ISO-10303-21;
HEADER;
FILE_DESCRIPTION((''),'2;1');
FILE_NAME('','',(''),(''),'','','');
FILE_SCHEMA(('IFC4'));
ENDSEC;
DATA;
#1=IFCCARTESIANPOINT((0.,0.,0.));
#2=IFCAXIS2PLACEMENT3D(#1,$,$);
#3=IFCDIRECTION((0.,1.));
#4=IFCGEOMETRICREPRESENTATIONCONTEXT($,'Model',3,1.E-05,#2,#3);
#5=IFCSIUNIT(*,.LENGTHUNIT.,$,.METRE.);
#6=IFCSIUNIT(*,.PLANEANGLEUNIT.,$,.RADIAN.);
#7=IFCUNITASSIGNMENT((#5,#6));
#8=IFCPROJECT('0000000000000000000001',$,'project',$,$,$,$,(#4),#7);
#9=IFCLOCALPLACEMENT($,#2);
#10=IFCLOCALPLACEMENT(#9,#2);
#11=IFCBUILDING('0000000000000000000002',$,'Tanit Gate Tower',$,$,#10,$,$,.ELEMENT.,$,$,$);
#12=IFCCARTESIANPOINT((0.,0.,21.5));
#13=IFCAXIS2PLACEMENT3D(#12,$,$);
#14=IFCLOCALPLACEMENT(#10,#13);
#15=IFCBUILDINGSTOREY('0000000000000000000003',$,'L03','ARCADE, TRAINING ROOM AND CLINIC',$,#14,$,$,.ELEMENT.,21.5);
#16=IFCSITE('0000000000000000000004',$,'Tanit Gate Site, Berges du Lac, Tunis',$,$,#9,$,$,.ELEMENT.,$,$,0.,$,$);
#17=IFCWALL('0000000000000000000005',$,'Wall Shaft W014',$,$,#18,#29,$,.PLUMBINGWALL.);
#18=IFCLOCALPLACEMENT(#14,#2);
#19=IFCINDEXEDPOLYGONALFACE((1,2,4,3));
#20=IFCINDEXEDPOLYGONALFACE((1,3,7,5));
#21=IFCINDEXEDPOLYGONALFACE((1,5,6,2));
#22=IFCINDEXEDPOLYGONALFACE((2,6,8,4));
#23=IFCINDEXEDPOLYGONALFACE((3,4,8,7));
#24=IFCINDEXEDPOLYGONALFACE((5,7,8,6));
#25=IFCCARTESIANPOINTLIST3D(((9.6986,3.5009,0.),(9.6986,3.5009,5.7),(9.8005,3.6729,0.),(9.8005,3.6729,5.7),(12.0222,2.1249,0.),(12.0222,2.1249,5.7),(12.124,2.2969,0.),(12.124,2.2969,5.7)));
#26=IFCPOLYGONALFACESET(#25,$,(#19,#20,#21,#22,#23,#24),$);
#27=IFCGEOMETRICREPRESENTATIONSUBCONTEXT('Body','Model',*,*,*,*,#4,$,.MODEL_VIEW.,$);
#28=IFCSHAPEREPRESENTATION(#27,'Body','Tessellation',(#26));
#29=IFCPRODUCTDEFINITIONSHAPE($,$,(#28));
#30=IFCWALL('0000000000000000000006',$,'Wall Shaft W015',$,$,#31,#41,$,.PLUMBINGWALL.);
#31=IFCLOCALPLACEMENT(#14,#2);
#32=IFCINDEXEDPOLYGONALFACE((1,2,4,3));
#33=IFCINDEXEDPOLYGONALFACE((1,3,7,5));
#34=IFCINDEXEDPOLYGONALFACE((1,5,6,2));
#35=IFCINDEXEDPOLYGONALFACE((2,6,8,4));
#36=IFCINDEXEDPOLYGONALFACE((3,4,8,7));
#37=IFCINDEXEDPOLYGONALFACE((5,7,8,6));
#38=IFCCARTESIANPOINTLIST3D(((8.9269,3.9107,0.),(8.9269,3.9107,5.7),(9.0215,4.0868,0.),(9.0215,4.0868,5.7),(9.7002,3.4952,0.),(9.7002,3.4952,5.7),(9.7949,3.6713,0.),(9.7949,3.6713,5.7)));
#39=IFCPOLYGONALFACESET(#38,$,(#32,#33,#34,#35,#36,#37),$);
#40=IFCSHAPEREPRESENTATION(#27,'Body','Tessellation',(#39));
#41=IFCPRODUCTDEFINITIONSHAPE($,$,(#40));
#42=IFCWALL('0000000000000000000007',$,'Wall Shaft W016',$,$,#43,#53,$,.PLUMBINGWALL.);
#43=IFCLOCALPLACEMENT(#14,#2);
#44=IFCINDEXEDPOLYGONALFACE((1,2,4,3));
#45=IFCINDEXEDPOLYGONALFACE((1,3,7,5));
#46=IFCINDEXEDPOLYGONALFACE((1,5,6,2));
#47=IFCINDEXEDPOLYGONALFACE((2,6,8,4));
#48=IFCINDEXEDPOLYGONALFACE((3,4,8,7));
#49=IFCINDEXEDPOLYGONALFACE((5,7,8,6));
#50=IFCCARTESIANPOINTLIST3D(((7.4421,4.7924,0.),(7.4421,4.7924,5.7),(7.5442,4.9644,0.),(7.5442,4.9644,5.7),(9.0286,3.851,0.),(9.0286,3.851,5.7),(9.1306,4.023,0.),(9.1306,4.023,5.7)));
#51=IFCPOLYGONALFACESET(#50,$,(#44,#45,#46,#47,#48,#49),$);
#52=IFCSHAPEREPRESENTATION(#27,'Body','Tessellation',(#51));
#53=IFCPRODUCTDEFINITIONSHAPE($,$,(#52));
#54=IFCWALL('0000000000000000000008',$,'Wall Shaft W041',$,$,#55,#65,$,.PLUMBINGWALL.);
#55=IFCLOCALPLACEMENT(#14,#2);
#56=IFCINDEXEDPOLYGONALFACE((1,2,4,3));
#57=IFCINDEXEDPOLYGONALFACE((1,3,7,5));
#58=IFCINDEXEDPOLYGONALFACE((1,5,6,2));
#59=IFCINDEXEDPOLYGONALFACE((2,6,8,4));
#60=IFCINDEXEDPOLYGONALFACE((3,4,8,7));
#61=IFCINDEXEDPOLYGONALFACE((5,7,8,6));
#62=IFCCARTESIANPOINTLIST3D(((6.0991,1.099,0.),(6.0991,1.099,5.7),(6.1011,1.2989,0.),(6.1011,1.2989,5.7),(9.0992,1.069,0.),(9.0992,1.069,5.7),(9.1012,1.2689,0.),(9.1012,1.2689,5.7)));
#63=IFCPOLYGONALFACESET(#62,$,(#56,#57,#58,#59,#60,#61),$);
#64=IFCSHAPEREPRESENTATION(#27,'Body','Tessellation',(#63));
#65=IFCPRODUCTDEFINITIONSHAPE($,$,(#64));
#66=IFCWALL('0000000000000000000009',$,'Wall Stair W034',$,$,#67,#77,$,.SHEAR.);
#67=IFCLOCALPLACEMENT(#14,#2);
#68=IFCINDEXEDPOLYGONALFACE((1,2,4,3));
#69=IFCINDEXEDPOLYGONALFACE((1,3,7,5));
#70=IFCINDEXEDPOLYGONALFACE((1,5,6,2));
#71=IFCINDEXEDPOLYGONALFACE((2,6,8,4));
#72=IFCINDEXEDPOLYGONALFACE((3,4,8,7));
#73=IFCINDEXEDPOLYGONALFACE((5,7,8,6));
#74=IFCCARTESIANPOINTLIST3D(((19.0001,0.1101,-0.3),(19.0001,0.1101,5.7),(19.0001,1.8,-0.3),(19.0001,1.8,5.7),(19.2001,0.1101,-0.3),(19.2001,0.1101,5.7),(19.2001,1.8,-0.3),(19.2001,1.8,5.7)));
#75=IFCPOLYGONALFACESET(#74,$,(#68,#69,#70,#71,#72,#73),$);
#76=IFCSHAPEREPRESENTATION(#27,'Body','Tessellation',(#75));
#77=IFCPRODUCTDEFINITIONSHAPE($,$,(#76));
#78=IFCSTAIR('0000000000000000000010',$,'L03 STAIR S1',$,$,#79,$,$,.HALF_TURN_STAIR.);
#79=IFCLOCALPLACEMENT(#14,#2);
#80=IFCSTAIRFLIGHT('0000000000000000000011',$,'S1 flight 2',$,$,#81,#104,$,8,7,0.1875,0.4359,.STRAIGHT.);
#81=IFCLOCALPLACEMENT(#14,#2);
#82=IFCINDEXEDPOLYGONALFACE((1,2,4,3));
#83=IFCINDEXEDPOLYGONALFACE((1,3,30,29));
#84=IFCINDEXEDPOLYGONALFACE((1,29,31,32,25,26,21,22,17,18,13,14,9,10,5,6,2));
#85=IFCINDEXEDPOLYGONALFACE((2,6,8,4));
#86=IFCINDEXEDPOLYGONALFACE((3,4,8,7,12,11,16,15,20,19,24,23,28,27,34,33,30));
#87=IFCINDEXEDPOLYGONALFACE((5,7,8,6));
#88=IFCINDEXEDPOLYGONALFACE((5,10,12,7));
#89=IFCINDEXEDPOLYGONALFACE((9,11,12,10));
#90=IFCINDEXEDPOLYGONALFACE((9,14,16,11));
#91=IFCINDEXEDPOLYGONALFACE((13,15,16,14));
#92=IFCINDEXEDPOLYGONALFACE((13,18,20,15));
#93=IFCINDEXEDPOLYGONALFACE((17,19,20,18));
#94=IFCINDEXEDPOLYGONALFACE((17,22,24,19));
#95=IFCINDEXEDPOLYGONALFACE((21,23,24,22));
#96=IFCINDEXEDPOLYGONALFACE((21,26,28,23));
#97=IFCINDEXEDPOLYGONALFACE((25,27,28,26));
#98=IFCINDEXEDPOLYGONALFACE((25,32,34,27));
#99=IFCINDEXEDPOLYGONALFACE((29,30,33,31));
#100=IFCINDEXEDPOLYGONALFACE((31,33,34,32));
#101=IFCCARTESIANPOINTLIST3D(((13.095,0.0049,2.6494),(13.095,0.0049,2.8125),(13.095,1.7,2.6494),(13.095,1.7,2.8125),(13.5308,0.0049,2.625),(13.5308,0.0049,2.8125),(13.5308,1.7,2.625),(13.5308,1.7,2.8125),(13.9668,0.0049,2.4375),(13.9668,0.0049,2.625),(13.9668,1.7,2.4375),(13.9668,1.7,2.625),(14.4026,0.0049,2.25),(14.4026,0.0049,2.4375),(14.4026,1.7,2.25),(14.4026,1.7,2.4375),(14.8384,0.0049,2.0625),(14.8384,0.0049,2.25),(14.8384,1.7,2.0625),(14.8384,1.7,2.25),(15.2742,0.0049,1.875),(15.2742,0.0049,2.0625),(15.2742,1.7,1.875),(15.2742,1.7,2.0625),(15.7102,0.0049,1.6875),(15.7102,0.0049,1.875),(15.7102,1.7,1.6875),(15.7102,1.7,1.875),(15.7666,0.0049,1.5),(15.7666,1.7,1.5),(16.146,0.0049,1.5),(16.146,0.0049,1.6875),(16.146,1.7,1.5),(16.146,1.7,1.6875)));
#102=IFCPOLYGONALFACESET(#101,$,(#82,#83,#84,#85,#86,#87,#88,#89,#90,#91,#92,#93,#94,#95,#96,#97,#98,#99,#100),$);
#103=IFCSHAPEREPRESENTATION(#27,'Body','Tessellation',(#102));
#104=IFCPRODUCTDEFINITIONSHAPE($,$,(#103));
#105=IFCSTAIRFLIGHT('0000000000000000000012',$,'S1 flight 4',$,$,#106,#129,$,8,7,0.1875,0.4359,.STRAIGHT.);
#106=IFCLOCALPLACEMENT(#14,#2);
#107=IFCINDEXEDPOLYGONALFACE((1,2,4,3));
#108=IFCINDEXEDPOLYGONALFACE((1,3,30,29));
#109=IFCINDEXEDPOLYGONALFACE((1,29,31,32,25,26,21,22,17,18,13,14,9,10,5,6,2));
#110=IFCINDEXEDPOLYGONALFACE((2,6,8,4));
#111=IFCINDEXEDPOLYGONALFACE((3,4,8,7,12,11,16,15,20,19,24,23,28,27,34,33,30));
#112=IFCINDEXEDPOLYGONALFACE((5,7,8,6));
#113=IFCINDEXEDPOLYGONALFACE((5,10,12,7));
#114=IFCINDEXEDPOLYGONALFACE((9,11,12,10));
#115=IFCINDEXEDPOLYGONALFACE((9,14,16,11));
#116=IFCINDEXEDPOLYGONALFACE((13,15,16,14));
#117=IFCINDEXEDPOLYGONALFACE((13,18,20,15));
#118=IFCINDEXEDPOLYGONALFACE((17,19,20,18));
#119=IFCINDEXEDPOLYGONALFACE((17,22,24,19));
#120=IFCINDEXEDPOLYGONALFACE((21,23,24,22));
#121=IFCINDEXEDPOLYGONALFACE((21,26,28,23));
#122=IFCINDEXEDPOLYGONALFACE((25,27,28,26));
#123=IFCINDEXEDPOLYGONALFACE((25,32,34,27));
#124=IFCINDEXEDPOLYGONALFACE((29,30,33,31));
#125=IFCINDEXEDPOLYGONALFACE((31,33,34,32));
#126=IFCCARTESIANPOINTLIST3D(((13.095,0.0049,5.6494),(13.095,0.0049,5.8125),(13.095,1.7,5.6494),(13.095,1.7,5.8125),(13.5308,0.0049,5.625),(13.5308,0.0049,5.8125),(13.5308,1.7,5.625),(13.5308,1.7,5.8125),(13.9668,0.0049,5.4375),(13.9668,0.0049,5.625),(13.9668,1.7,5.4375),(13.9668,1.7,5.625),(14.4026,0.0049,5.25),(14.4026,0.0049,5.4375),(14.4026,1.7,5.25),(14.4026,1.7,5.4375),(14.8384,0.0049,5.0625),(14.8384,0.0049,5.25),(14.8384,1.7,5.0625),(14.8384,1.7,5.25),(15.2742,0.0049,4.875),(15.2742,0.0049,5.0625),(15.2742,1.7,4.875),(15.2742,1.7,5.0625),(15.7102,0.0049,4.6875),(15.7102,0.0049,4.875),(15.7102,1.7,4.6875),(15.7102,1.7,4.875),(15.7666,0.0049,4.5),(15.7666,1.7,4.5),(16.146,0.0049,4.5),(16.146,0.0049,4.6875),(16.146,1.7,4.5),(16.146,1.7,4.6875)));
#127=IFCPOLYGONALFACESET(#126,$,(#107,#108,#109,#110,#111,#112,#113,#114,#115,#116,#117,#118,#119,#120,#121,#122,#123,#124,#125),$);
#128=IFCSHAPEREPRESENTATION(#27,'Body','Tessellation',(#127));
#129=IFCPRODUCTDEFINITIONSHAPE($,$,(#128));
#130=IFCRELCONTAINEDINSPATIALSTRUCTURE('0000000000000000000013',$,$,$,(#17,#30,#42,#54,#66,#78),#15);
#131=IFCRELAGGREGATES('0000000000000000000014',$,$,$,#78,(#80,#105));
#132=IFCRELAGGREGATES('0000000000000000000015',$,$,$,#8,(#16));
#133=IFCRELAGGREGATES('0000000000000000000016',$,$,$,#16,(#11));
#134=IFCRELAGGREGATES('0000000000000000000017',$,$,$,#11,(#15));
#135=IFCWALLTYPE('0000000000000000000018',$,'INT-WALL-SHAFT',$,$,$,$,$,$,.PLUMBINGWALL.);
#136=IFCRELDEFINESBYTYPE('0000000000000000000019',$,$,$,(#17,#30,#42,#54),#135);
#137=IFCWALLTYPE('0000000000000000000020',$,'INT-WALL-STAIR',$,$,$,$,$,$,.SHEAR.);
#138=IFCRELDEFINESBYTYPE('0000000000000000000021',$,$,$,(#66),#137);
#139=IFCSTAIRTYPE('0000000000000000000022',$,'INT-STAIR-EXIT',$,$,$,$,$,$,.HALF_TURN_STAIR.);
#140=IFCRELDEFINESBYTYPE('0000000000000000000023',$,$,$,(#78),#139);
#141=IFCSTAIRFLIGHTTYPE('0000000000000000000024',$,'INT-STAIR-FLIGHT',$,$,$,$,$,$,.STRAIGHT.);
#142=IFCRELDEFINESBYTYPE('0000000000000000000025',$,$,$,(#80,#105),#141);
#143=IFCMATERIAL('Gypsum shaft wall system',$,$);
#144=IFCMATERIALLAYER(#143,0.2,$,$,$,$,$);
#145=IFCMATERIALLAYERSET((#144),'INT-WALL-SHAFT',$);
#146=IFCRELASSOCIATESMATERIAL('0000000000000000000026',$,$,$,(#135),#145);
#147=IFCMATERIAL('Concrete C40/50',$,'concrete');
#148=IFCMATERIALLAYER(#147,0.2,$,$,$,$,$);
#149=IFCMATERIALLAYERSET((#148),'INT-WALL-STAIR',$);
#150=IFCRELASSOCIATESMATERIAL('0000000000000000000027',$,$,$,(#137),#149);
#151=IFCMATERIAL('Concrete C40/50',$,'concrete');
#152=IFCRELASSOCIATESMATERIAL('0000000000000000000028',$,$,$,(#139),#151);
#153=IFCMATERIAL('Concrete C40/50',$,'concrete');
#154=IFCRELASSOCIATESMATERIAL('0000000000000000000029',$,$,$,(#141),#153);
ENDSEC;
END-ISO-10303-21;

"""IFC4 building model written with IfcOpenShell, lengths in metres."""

from ifc_helpers import new_model, si_unit, direction, frame, frame_2d, origin, place, context, subcontext, project, spatial, polyline, rectangle, outline, extrude, material, layer, layer_set, type_object, element, aggregate, save


model = new_model("IFC4")

# Units and contexts
model_context = context("Model", 3, precision=1e-05, world=origin(), true_north=direction((0.0, 1.0)))
body_context = subcontext(model_context, "Body", "Model", "MODEL_VIEW")
ifc_project = project(units=[si_unit("LENGTHUNIT", "METRE"), si_unit("PLANEANGLEUNIT", "RADIAN")], contexts=[model_context])

# Site, building, storey
site_placement = place(None, origin())
site = spatial("IfcSite", under=ifc_project, at=site_placement, Name="Tanit Gate Site, Berges du Lac, Tunis", CompositionType="ELEMENT", RefElevation=0.0)
building_placement = place(site_placement, origin())
building = spatial("IfcBuilding", under=site, at=building_placement, Name="Tanit Gate Tower", CompositionType="ELEMENT")
storey_placement = place(building_placement, frame((0.0, 0.0, 21.5)))
storey = spatial("IfcBuildingStorey", under=building, at=storey_placement, Name="L03", Description="ARCADE, TRAINING ROOM AND CLINIC", CompositionType="ELEMENT", Elevation=21.5)

# Walls
ifc_material_1 = material(Name="Gypsum shaft wall system")
ifc_layer_1 = layer(ifc_material_1, 0.2)
ifc_layer_set_1 = layer_set([ifc_layer_1], Name="INT-WALL-SHAFT")
wall_type_1 = type_object("IfcWallType", Name="INT-WALL-SHAFT", PredefinedType="PLUMBINGWALL", material=ifc_layer_set_1)
wall_1_placement = place(storey_placement, frame((12.073, 2.2109, 0.0), z_axis=(0.0, 0.0, 1.0), x_axis=(-0.860438, 0.509555, 0.0)))
element("IfcWall", 1, at=wall_1_placement, inside=storey, type_object=wall_type_1, Name="Wall Shaft W014", PredefinedType="PLUMBINGWALL", context=body_context, shape_type="SweptSolid", body=[
    extrude(rectangle(XDim=2.7004, YDim=0.2, at=frame_2d((1.3501, 0.0))), origin(), (0.0, 0.0, 1.0), 5.7),
])
wall_2_placement = place(storey_placement, frame((9.7476, 3.5833, 0.0), z_axis=(0.0, 0.0, 1.0), x_axis=(-0.880917, 0.473271, 0.0)))
element("IfcWall", 2, at=wall_2_placement, inside=storey, type_object=wall_type_1, Name="Wall Shaft W015", PredefinedType="PLUMBINGWALL", context=body_context, shape_type="SweptSolid", body=[
    extrude(rectangle(XDim=0.8779, YDim=0.2, at=frame_2d((0.439, 0.0))), origin(), (0.0, 0.0, 1.0), 5.7),
])
wall_3_placement = place(storey_placement, frame((9.0796, 3.937, 0.0), z_axis=(0.0, 0.0, 1.0), x_axis=(-0.859982, 0.510325, 0.0)))
element("IfcWall", 3, at=wall_3_placement, inside=storey, type_object=wall_type_1, Name="Wall Shaft W016", PredefinedType="PLUMBINGWALL", context=body_context, shape_type="SweptSolid", body=[
    extrude(rectangle(XDim=1.8447, YDim=0.2, at=frame_2d((0.9224, 0.0))), origin(), (0.0, 0.0, 1.0), 5.7),
])

# Walls
wall_4_placement = place(storey_placement, frame((9.1001, 1.1689, 0.0), z_axis=(0.0, 0.0, 1.0), x_axis=(-0.99995, 0.010009, 0.0)))
element("IfcWall", 4, at=wall_4_placement, inside=storey, type_object=wall_type_1, Name="Wall Shaft W041", PredefinedType="PLUMBINGWALL", context=body_context, shape_type="SweptSolid", body=[
    extrude(rectangle(XDim=3.0002, YDim=0.2, at=frame_2d((1.5, 0.0))), origin(), (0.0, 0.0, 1.0), 5.7),
])
ifc_material_2 = material(Name="Concrete C40/50", Category="concrete")
ifc_layer_2 = layer(ifc_material_2, 0.2)
ifc_layer_set_2 = layer_set([ifc_layer_2], Name="INT-WALL-STAIR")
wall_type_2 = type_object("IfcWallType", Name="INT-WALL-STAIR", PredefinedType="SHEAR", material=ifc_layer_set_2)
wall_5_placement = place(storey_placement, frame((19.1001, 0.1101, -0.3), z_axis=(0.0, 0.0, 1.0), x_axis=(0.0, 1.0, 0.0)))
element("IfcWall", 5, at=wall_5_placement, inside=storey, type_object=wall_type_2, Name="Wall Stair W034", PredefinedType="SHEAR", context=body_context, shape_type="SweptSolid", body=[
    extrude(rectangle(XDim=1.6899, YDim=0.2, at=frame_2d((0.845, 0.0))), origin(), (0.0, 0.0, 1.0), 6.0),
])

# Stair, stair flights
ifc_material_3 = material(Name="Concrete C40/50", Category="concrete")
stair_type = type_object("IfcStairType", Name="INT-STAIR-EXIT", PredefinedType="HALF_TURN_STAIR", material=ifc_material_3)
stair_placement = place(storey_placement, origin())
stair = element("IfcStair", 6, at=stair_placement, inside=storey, type_object=stair_type, Name="L03 STAIR S1", PredefinedType="HALF_TURN_STAIR")
ifc_material_4 = material(Name="Concrete C40/50", Category="concrete")
stair_flight_type = type_object("IfcStairFlightType", Name="INT-STAIR-FLIGHT", PredefinedType="STRAIGHT", material=ifc_material_4)
stair_flight_1_placement = place(storey_placement, frame((16.146, 0.8525, 1.5), z_axis=(0.0, 0.0, 1.0), x_axis=(-1.0, 0.0, 0.0)))
stair_flight_1 = element("IfcStairFlight", 7, at=stair_flight_1_placement, type_object=stair_flight_type, Name="S1 flight 2", NumberOfRisers=8, NumberOfTreads=7, PredefinedType="STRAIGHT", RiserHeight=0.1875, TreadLength=0.4359, context=body_context, shape_type="SweptSolid", body=[
    extrude(outline(polyline([(0.0, 0.0), (0.0, 0.1875), (0.4358, 0.1875), (0.4358, 0.375), (0.8718, 0.375), (0.8718, 0.5625), (1.3076, 0.5625), (1.3076, 0.75), (1.7434, 0.75), (1.7434, 0.9375), (2.1792, 0.9375), (2.1792, 1.125), (2.6152, 1.125), (2.6152, 1.3125), (3.051, 1.3125), (3.051, 1.5), (3.051, 1.1494), (0.3794, 0.0), (0.0, 0.0)])), frame((0.0, 0.8477, 0.0), z_axis=(0.0, -1.0, 0.0), x_axis=(1.0, 0.0, 0.0)), (0.0, 0.0, 1.0), 1.6951),
])
stair_flight_2_placement = place(storey_placement, frame((16.146, 0.8525, 4.5), z_axis=(0.0, 0.0, 1.0), x_axis=(-1.0, 0.0, 0.0)))
stair_flight_2 = element("IfcStairFlight", 8, at=stair_flight_2_placement, type_object=stair_flight_type, Name="S1 flight 4", NumberOfRisers=8, NumberOfTreads=7, PredefinedType="STRAIGHT", RiserHeight=0.1875, TreadLength=0.4359, context=body_context, shape_type="SweptSolid", body=[
    extrude(outline(polyline([(0.0, 0.0), (0.0, 0.1875), (0.4358, 0.1875), (0.4358, 0.375), (0.8718, 0.375), (0.8718, 0.5625), (1.3076, 0.5625), (1.3076, 0.75), (1.7434, 0.75), (1.7434, 0.9375), (2.1792, 0.9375), (2.1792, 1.125), (2.6152, 1.125), (2.6152, 1.3125), (3.051, 1.3125), (3.051, 1.5), (3.051, 1.1494), (0.3794, 0.0), (0.0, 0.0)])), frame((0.0, 0.8477, 0.0), z_axis=(0.0, -1.0, 0.0), x_axis=(1.0, 0.0, 0.0)), (0.0, 0.0, 1.0), 1.6951),
])
aggregate(stair, [stair_flight_1, stair_flight_2])

save(model, "model.ifc")
